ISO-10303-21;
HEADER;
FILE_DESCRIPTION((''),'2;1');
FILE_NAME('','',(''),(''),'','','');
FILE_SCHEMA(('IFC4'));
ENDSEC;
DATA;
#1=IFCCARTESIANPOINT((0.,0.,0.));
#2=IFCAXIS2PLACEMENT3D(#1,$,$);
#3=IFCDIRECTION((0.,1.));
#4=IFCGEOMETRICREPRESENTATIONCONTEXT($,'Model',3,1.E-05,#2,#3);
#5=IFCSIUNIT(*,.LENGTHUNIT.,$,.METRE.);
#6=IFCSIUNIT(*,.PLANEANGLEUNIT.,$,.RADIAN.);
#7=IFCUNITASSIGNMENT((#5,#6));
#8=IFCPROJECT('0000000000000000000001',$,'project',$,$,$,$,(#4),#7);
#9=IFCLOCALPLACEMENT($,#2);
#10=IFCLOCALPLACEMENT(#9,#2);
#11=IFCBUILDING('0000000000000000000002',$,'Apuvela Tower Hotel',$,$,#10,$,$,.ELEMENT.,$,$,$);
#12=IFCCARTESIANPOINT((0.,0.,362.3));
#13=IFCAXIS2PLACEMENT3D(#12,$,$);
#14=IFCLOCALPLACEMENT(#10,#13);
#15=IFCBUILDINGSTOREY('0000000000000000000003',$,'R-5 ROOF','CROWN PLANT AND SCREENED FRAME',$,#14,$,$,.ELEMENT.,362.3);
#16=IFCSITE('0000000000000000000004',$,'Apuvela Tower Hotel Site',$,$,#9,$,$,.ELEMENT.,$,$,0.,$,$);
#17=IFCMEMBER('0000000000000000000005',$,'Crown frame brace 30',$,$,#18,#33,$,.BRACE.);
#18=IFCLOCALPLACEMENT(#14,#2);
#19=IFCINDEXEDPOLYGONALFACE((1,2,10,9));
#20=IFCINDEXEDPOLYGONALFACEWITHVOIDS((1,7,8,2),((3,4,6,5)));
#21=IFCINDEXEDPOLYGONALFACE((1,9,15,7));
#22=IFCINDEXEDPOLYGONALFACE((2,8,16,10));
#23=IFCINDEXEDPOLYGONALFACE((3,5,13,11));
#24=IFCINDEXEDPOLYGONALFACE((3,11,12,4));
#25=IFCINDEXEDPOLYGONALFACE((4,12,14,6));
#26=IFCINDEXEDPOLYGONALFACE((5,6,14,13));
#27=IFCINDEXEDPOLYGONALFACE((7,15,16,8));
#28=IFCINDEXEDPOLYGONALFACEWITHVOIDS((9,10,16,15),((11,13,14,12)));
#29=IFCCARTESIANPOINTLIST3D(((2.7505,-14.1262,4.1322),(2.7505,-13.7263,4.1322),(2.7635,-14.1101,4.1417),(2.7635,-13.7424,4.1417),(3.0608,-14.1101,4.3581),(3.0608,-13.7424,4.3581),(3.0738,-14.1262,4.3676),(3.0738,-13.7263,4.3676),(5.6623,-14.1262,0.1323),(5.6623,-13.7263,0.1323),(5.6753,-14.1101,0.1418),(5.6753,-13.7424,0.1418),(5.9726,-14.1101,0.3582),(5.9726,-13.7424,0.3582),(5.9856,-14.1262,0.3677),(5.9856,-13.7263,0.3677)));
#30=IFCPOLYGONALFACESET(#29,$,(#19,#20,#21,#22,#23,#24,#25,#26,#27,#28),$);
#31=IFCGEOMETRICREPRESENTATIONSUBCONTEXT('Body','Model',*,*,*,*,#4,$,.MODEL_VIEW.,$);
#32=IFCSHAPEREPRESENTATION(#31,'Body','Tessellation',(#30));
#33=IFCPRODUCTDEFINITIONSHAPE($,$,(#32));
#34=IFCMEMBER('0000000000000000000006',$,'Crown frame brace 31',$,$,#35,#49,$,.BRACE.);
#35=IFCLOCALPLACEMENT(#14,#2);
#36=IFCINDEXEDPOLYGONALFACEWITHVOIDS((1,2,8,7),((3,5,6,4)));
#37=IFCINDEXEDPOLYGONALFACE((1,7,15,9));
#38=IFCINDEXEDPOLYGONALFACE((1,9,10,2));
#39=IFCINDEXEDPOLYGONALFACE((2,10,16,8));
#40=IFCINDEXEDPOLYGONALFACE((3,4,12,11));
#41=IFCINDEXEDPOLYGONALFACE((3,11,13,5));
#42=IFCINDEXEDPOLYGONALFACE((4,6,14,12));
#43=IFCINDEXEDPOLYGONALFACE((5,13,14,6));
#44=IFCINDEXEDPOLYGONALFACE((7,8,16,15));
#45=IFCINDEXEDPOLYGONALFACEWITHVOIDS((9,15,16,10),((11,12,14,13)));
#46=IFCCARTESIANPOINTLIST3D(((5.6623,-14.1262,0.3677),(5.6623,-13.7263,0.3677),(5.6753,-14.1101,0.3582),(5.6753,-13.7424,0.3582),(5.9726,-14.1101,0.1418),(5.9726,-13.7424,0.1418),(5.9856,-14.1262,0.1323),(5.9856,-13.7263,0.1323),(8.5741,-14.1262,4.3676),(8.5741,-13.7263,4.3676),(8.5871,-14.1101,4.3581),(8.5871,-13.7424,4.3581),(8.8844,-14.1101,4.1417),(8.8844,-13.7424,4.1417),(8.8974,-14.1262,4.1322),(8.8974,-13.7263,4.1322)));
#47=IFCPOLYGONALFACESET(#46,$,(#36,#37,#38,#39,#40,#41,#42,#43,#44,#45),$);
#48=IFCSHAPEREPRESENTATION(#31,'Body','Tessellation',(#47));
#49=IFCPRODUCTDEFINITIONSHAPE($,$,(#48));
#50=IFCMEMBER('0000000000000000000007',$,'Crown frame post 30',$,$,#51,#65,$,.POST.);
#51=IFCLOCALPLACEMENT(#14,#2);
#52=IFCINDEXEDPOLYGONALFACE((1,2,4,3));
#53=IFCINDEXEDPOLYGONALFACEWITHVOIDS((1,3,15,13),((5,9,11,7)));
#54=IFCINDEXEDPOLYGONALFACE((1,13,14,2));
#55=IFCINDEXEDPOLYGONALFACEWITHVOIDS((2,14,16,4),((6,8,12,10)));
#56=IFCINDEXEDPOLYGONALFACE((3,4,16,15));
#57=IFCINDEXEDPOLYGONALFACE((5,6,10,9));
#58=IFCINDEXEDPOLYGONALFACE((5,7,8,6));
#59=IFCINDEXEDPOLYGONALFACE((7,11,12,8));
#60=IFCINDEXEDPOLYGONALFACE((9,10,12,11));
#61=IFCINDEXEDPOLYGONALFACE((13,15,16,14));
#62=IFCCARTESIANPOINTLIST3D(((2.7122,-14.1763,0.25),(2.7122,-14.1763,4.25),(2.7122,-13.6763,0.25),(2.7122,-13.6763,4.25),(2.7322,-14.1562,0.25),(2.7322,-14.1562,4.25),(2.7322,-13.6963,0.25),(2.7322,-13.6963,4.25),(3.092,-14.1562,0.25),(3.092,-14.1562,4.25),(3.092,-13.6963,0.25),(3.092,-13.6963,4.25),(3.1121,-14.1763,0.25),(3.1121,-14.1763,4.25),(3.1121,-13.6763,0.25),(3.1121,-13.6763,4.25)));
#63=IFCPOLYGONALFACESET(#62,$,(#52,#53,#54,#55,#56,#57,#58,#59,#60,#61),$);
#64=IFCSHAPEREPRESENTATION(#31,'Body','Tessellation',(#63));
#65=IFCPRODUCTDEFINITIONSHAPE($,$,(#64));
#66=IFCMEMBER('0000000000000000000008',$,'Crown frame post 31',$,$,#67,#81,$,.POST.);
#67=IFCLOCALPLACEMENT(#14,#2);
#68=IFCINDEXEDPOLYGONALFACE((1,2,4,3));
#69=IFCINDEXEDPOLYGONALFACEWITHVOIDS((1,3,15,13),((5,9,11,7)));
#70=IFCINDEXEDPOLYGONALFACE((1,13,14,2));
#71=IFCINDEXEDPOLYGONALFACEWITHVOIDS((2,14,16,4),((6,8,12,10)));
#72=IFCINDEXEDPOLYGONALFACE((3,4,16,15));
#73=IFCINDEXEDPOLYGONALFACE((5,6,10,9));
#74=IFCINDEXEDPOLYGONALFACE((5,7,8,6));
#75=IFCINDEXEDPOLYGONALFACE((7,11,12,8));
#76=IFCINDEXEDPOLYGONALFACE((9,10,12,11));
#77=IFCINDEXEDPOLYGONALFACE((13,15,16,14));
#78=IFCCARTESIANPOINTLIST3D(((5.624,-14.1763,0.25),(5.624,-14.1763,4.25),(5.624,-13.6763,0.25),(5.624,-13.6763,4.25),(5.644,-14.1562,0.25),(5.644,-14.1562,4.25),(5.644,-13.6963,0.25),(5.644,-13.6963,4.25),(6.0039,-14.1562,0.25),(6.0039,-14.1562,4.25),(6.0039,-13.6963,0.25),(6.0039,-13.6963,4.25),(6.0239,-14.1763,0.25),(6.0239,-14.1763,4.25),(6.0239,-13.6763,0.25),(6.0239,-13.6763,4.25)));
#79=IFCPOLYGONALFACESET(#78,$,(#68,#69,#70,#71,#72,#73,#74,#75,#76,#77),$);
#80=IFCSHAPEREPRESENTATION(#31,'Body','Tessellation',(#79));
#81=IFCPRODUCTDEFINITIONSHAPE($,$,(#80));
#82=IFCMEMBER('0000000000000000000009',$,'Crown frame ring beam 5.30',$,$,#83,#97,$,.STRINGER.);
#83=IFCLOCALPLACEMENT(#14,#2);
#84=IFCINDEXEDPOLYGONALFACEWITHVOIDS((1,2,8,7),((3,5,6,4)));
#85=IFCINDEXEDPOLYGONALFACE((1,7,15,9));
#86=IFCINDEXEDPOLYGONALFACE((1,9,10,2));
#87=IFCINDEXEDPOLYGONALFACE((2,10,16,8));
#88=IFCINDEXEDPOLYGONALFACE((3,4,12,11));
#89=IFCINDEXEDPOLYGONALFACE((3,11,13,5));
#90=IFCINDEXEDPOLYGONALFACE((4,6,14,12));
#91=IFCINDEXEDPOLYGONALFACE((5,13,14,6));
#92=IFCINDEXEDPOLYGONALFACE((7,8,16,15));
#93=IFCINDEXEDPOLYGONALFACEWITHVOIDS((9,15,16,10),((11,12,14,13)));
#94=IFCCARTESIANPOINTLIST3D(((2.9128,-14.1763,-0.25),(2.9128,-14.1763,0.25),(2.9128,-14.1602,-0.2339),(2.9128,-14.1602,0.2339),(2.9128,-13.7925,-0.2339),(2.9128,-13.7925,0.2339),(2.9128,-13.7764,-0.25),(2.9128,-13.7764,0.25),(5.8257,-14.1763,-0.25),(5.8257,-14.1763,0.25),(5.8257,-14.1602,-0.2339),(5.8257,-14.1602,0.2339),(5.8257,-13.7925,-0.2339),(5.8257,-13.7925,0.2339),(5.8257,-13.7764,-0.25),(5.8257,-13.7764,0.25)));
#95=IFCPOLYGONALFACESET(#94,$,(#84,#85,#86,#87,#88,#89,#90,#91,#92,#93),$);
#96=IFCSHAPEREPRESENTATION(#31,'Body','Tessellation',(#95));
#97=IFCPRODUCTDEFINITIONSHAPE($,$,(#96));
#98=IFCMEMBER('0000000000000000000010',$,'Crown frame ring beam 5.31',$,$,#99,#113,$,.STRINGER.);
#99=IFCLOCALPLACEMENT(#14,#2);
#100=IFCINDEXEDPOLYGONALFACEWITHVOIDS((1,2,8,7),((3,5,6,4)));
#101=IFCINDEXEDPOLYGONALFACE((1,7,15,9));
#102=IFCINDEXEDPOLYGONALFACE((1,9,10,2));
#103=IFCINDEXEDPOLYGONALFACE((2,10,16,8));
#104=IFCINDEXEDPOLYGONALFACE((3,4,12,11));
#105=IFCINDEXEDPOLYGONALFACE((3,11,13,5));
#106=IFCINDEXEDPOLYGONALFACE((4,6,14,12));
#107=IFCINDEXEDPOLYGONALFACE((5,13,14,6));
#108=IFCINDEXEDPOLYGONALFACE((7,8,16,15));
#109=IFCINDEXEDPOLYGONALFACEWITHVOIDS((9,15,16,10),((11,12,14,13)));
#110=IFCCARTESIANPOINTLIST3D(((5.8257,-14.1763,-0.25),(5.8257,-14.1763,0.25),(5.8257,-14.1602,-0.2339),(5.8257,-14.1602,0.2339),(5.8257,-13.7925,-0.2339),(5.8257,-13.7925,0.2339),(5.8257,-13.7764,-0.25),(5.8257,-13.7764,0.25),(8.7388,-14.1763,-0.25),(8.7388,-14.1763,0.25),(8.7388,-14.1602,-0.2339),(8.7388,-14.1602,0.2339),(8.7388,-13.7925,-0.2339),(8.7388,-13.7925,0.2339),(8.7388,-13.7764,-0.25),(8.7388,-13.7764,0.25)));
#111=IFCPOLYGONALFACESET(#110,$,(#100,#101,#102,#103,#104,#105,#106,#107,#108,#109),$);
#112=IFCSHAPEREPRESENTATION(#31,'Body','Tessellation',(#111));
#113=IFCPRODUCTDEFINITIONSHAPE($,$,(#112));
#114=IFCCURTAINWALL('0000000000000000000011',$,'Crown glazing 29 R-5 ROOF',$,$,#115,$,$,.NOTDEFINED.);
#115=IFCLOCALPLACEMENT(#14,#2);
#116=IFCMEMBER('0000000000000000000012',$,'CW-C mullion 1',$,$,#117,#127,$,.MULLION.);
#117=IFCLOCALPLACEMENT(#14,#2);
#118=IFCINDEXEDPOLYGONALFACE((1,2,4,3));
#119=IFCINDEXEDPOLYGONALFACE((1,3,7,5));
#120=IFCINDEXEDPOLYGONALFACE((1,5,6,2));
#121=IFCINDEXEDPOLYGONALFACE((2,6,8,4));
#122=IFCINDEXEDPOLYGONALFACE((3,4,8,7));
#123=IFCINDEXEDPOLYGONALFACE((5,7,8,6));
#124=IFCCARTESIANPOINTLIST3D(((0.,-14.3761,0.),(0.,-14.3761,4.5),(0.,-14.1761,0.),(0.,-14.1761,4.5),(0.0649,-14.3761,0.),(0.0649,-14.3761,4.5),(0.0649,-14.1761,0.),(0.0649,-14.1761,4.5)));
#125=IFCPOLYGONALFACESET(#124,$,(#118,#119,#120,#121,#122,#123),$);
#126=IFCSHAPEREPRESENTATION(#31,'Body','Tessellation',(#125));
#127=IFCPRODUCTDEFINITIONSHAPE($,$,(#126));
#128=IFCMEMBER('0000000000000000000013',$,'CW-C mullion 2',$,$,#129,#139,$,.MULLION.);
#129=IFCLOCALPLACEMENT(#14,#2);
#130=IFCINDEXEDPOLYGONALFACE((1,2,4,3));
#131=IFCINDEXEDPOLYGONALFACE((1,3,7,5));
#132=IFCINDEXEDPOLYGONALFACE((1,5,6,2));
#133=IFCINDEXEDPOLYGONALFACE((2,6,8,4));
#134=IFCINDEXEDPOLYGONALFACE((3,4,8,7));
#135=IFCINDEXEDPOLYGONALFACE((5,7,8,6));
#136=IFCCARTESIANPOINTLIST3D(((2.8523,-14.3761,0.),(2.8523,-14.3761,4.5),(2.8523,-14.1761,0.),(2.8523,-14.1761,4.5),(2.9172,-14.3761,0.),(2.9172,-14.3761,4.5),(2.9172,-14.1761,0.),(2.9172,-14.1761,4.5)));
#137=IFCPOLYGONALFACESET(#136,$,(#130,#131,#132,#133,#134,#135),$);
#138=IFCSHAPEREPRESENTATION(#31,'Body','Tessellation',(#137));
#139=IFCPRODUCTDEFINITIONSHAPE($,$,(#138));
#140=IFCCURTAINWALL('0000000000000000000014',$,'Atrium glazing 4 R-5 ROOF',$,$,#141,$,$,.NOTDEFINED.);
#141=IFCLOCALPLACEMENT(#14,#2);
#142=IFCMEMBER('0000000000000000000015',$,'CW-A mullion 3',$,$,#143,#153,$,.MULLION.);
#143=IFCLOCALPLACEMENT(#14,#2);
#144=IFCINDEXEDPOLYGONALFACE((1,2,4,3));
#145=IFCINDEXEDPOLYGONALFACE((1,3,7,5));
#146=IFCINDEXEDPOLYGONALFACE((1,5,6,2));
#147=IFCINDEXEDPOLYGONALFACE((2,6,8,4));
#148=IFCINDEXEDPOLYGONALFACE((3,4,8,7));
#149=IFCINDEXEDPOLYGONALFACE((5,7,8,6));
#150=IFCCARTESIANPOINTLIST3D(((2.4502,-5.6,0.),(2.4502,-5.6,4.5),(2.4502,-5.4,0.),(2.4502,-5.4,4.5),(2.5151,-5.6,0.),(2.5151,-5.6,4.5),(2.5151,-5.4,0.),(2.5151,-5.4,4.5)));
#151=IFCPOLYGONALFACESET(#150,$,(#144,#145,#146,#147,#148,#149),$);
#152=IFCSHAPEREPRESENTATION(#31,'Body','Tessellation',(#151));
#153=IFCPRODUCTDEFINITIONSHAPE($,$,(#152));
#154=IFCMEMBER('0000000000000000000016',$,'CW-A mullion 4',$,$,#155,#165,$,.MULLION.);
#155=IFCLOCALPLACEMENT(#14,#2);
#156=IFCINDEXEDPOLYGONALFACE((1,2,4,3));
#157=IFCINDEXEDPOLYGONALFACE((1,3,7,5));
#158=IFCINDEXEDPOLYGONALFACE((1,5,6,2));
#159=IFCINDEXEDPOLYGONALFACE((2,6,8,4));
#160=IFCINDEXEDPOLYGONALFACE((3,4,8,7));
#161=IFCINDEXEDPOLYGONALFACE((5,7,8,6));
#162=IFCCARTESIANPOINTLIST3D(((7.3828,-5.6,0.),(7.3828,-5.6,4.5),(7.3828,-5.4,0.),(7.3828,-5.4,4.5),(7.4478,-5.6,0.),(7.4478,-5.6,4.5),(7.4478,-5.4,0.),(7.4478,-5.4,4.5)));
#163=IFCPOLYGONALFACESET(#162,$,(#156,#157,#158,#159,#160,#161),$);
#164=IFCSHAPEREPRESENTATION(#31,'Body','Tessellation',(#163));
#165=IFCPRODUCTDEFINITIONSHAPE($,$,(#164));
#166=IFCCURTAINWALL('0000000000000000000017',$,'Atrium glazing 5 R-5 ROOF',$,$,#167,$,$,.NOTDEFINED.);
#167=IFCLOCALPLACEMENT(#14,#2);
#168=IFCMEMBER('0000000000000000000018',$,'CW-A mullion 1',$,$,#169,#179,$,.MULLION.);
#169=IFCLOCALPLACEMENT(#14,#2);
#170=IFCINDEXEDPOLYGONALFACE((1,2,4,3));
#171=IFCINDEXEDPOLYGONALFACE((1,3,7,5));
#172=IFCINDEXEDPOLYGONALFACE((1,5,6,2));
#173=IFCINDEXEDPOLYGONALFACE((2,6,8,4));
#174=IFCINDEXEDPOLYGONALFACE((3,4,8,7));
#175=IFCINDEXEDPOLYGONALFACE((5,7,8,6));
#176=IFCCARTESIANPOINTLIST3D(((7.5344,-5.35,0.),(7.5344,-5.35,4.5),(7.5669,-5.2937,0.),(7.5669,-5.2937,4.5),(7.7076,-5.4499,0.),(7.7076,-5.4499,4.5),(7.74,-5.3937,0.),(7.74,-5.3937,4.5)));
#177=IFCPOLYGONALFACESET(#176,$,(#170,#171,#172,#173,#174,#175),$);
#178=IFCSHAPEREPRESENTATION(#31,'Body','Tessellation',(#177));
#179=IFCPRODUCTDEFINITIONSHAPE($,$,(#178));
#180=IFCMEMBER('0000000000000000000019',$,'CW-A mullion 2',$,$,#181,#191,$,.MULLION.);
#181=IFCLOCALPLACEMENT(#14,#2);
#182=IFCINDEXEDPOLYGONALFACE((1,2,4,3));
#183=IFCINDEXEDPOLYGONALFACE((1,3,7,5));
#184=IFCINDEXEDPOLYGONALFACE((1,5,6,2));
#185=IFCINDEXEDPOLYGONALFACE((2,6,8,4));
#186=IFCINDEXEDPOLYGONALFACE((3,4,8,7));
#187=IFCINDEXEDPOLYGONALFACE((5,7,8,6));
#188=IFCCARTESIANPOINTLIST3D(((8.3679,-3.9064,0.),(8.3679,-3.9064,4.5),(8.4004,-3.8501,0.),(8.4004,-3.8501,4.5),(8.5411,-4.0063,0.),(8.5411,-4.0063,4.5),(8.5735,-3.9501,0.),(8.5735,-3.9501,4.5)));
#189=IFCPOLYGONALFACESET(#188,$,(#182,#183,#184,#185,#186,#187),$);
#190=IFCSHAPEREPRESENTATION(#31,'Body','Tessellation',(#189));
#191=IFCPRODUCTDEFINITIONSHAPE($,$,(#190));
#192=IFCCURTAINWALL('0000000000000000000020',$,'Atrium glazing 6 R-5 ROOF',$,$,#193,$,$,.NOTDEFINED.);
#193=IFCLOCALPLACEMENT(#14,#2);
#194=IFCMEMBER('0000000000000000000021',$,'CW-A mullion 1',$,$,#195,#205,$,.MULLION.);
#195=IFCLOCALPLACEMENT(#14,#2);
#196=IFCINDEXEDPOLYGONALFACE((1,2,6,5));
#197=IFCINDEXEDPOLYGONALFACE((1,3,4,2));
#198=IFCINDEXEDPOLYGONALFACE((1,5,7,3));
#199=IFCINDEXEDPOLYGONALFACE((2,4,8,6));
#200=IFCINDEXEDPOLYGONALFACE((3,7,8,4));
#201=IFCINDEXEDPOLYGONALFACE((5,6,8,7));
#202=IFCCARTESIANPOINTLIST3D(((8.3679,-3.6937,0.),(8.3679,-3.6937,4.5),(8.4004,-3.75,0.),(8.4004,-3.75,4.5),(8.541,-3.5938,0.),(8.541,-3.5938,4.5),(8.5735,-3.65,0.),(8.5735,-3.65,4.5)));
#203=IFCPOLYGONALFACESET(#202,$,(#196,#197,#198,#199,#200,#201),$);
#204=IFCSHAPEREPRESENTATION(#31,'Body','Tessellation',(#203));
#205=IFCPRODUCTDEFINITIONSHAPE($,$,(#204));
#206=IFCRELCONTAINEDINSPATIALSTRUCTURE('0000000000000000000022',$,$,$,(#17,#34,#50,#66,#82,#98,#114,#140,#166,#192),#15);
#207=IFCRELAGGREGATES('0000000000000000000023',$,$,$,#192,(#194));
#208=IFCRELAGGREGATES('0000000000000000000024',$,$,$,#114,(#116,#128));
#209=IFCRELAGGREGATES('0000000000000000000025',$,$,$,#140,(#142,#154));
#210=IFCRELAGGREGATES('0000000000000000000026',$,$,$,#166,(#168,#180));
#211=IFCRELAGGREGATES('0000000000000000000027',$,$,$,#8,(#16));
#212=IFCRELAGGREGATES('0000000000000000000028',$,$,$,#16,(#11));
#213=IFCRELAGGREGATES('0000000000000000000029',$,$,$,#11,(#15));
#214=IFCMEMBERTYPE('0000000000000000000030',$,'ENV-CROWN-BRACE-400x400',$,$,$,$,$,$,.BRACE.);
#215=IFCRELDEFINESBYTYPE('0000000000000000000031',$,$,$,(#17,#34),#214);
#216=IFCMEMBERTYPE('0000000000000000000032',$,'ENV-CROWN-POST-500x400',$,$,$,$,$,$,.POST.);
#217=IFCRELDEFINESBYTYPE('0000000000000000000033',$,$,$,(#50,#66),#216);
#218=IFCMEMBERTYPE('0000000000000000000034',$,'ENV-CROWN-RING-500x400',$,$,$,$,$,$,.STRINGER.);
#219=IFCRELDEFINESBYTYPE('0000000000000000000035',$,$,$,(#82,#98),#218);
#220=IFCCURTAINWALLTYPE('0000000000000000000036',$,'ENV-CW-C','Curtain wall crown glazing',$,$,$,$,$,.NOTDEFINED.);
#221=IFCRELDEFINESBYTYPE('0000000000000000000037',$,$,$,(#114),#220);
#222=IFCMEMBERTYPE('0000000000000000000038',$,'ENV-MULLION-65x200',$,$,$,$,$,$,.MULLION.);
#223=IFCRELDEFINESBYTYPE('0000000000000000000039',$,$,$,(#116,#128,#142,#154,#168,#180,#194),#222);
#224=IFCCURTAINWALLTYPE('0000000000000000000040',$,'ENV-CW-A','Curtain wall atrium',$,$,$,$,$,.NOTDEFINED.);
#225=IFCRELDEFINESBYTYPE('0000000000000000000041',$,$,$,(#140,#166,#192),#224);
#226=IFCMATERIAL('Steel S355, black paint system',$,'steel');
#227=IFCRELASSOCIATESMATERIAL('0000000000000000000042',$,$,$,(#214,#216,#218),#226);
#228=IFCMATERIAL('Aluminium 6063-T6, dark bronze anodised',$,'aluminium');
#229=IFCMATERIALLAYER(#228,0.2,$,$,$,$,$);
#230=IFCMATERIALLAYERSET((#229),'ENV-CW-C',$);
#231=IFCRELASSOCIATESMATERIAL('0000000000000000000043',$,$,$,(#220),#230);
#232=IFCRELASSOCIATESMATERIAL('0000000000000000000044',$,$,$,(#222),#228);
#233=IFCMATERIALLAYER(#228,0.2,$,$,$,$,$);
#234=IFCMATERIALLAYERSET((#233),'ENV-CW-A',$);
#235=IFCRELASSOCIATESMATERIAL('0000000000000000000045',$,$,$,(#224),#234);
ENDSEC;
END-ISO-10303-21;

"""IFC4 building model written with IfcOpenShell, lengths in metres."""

from ifc_helpers import new_model, si_unit, direction, frame, origin, origin_2d, place, context, subcontext, project, spatial, rectangle, hollow_rectangle, extrude, material, layer, layer_set, material_profile, profile_set, type_object, element, aggregate, save


model = new_model("IFC4")

# Units and contexts
model_context = context("Model", 3, precision=1e-05, world=origin(), true_north=direction((0.0, 1.0)))
body_context = subcontext(model_context, "Body", "Model", "MODEL_VIEW")
ifc_project = project(units=[si_unit("LENGTHUNIT", "METRE"), si_unit("PLANEANGLEUNIT", "RADIAN")], contexts=[model_context])

# Site, building, storey
site_placement = place(None, origin())
site = spatial("IfcSite", under=ifc_project, at=site_placement, Name="Apuvela Tower Hotel Site", CompositionType="ELEMENT", RefElevation=0.0)
building_placement = place(site_placement, origin())
building = spatial("IfcBuilding", under=site, at=building_placement, Name="Apuvela Tower Hotel", CompositionType="ELEMENT")
storey_placement = place(building_placement, frame((0.0, 0.0, 362.3)))
storey = spatial("IfcBuildingStorey", under=building, at=storey_placement, Name="R-5 ROOF", Description="CROWN PLANT AND SCREENED FRAME", CompositionType="ELEMENT", Elevation=362.3)

# Members
ifc_material_1 = material(Name="Steel S355, black paint system", Category="steel")
ifc_material_profile_1 = material_profile(ifc_material_1, hollow_rectangle(XDim=0.3999, YDim=0.3999, WallThickness=0.0161, at=origin_2d()), Name="HSS 400x400x16")
ifc_profile_set_1 = profile_set([ifc_material_profile_1], Name="Steel S355, black paint system")
member_type_1 = type_object("IfcMemberType", Name="ENV-CROWN-BRACE-400x400", PredefinedType="BRACE", material=ifc_profile_set_1)
for number, where, z_axis, x_axis, name in (
    (1, (5.824, -13.9263, 0.25), (-0.588538, 0.0, 0.808469), (0.0, -1.0, 0.0), "Crown frame brace 30"),
    (2, (5.824, -13.9263, 0.25), (0.588538, 0.0, 0.808469), (0.0, 1.0, 0.0), "Crown frame brace 31"),
):
    element("IfcMember", number, at=place(storey_placement, frame(where, z_axis=z_axis, x_axis=x_axis)), inside=storey, type_object=member_type_1, Name=name, PredefinedType="BRACE", context=body_context, shape_type="SweptSolid", body=[
        extrude(hollow_rectangle(XDim=0.3999, YDim=0.3999, WallThickness=0.0161, at=origin_2d()), origin(), (0.0, 0.0, 1.0), 4.9475),
    ])
ifc_material_profile_2 = material_profile(ifc_material_1, hollow_rectangle(XDim=0.3999, YDim=0.5, WallThickness=0.02, at=origin_2d()), Name="HSS 500x400x20")
ifc_profile_set_2 = profile_set([ifc_material_profile_2], Name="Steel S355, black paint system")
member_type_2 = type_object("IfcMemberType", Name="ENV-CROWN-POST-500x400", PredefinedType="POST", material=ifc_profile_set_2)
for number, where, z_axis, x_axis, name in (
    (3, (2.9121, -13.9263, 0.25), (0.0, 0.0, 1.0), (1.0, 0.0, 0.0), "Crown frame post 30"),
    (4, (5.824, -13.9263, 0.25), (0.0, 0.0, 1.0), (1.0, 0.0, 0.0), "Crown frame post 31"),
):
    element("IfcMember", number, at=place(storey_placement, frame(where, z_axis=z_axis, x_axis=x_axis)), inside=storey, type_object=member_type_2, Name=name, PredefinedType="POST", context=body_context, shape_type="SweptSolid", body=[
        extrude(hollow_rectangle(XDim=0.3999, YDim=0.5, WallThickness=0.02, at=origin_2d()), origin(), (0.0, 0.0, 1.0), 4.0),
    ])
ifc_material_profile_3 = material_profile(ifc_material_1, hollow_rectangle(XDim=0.3999, YDim=0.5, WallThickness=0.0161, at=origin_2d()), Name="HSS 500x400x16")
ifc_profile_set_3 = profile_set([ifc_material_profile_3], Name="Steel S355, black paint system")
member_type_3 = type_object("IfcMemberType", Name="ENV-CROWN-RING-500x400", PredefinedType="STRINGER", material=ifc_profile_set_3)
member_1_placement = place(storey_placement, frame((2.9128, -13.9763, 0.0), z_axis=(1.0, 0.0, 0.0), x_axis=(0.0, 1.0, 0.0)))
element("IfcMember", 5, at=member_1_placement, inside=storey, type_object=member_type_3, Name="Crown frame ring beam 5.30", PredefinedType="STRINGER", context=body_context, shape_type="SweptSolid", body=[
    extrude(hollow_rectangle(XDim=0.3999, YDim=0.5, WallThickness=0.0161, at=origin_2d()), origin(), (0.0, 0.0, 1.0), 2.9128),
])
member_2_placement = place(storey_placement, frame((5.8257, -13.9763, 0.0), z_axis=(1.0, 0.0, 0.0), x_axis=(0.0, 1.0, 0.0)))
element("IfcMember", 6, at=member_2_placement, inside=storey, type_object=member_type_3, Name="Crown frame ring beam 5.31", PredefinedType="STRINGER", context=body_context, shape_type="SweptSolid", body=[
    extrude(hollow_rectangle(XDim=0.3999, YDim=0.5, WallThickness=0.0161, at=origin_2d()), origin(), (0.0, 0.0, 1.0), 2.9131),
])

# Curtain walls, members
ifc_material_2 = material(Name="Aluminium 6063-T6, dark bronze anodised", Category="aluminium")
ifc_layer_1 = layer(ifc_material_2, 0.2)
ifc_layer_set_1 = layer_set([ifc_layer_1], Name="ENV-CW-C")
curtain_wall_type_1 = type_object("IfcCurtainWallType", Name="ENV-CW-C", Description="Curtain wall crown glazing", PredefinedType="NOTDEFINED", material=ifc_layer_set_1)
curtain_wall_1_placement = place(storey_placement, origin())
curtain_wall_1 = element("IfcCurtainWall", 7, at=curtain_wall_1_placement, inside=storey, type_object=curtain_wall_type_1, Name="Crown glazing 29 R-5 ROOF", PredefinedType="NOTDEFINED")
ifc_material_profile_4 = material_profile(ifc_material_2, rectangle(XDim=0.2, YDim=0.0649, at=origin_2d()), Name="AL 65x200")
ifc_profile_set_4 = profile_set([ifc_material_profile_4], Name="Aluminium 6063-T6, dark bronze anodised")
member_type_4 = type_object("IfcMemberType", Name="ENV-MULLION-65x200", PredefinedType="MULLION", material=ifc_profile_set_4)
member_3_placement = place(storey_placement, frame((0.0325, -14.2761, 0.0), z_axis=(0.0, 0.0, 1.0), x_axis=(0.0, 1.0, 0.0)))
member_3 = element("IfcMember", 8, at=member_3_placement, type_object=member_type_4, Name="CW-C mullion 1", PredefinedType="MULLION", context=body_context, shape_type="SweptSolid", body=[
    extrude(rectangle(XDim=0.2, YDim=0.0649, at=origin_2d()), origin(), (0.0, 0.0, 1.0), 4.5),
])
member_4_placement = place(storey_placement, frame((2.8848, -14.2761, 0.0), z_axis=(0.0, 0.0, 1.0), x_axis=(0.0, 1.0, 0.0)))
member_4 = element("IfcMember", 9, at=member_4_placement, type_object=member_type_4, Name="CW-C mullion 2", PredefinedType="MULLION", context=body_context, shape_type="SweptSolid", body=[
    extrude(rectangle(XDim=0.2, YDim=0.0649, at=origin_2d()), origin(), (0.0, 0.0, 1.0), 4.5),
])
ifc_layer_2 = layer(ifc_material_2, 0.2)
ifc_layer_set_2 = layer_set([ifc_layer_2], Name="ENV-CW-A")
curtain_wall_type_2 = type_object("IfcCurtainWallType", Name="ENV-CW-A", Description="Curtain wall atrium", PredefinedType="NOTDEFINED", material=ifc_layer_set_2)
curtain_wall_2_placement = place(storey_placement, origin())
curtain_wall_2 = element("IfcCurtainWall", 10, at=curtain_wall_2_placement, inside=storey, type_object=curtain_wall_type_2, Name="Atrium glazing 4 R-5 ROOF", PredefinedType="NOTDEFINED")
member_5_placement = place(storey_placement, frame((2.4827, -5.5, 0.0), z_axis=(0.0, 0.0, 1.0), x_axis=(0.0, 1.0, 0.0)))
member_5 = element("IfcMember", 11, at=member_5_placement, type_object=member_type_4, Name="CW-A mullion 3", PredefinedType="MULLION", context=body_context, shape_type="SweptSolid", body=[
    extrude(rectangle(XDim=0.2, YDim=0.0649, at=origin_2d()), origin(), (0.0, 0.0, 1.0), 4.5),
])
member_6_placement = place(storey_placement, frame((7.4153, -5.5, 0.0), z_axis=(0.0, 0.0, 1.0), x_axis=(0.0, 1.0, 0.0)))
member_6 = element("IfcMember", 12, at=member_6_placement, type_object=member_type_4, Name="CW-A mullion 4", PredefinedType="MULLION", context=body_context, shape_type="SweptSolid", body=[
    extrude(rectangle(XDim=0.2, YDim=0.0649, at=origin_2d()), origin(), (0.0, 0.0, 1.0), 4.5),
])
curtain_wall_3_placement = place(storey_placement, origin())
curtain_wall_3 = element("IfcCurtainWall", 13, at=curtain_wall_3_placement, inside=storey, type_object=curtain_wall_type_2, Name="Atrium glazing 5 R-5 ROOF", PredefinedType="NOTDEFINED")
member_7_placement = place(storey_placement, frame((7.6372, -5.3718, 0.0), z_axis=(0.0, 0.0, 1.0), x_axis=(-0.866032, 0.499989, 0.0)))
member_7 = element("IfcMember", 14, at=member_7_placement, type_object=member_type_4, Name="CW-A mullion 1", PredefinedType="MULLION", context=body_context, shape_type="SweptSolid", body=[
    extrude(rectangle(XDim=0.2, YDim=0.0649, at=origin_2d()), origin(), (0.0, 0.0, 1.0), 4.5),
])
member_8_placement = place(storey_placement, frame((8.4707, -3.9282, 0.0), z_axis=(0.0, 0.0, 1.0), x_axis=(-0.866032, 0.499989, 0.0)))
member_8 = element("IfcMember", 15, at=member_8_placement, type_object=member_type_4, Name="CW-A mullion 2", PredefinedType="MULLION", context=body_context, shape_type="SweptSolid", body=[
    extrude(rectangle(XDim=0.2, YDim=0.0649, at=origin_2d()), origin(), (0.0, 0.0, 1.0), 4.5),
])

# Curtain wall, member
curtain_wall_4_placement = place(storey_placement, origin())
curtain_wall_4 = element("IfcCurtainWall", 16, at=curtain_wall_4_placement, inside=storey, type_object=curtain_wall_type_2, Name="Atrium glazing 6 R-5 ROOF", PredefinedType="NOTDEFINED")
member_9_placement = place(storey_placement, frame((8.4707, -3.6719, 0.0), z_axis=(0.0, 0.0, 1.0), x_axis=(-0.866026, -0.499999, 0.0)))
member_9 = element("IfcMember", 17, at=member_9_placement, type_object=member_type_4, Name="CW-A mullion 1", PredefinedType="MULLION", context=body_context, shape_type="SweptSolid", body=[
    extrude(rectangle(XDim=0.2, YDim=0.0649, at=origin_2d()), origin(), (0.0, 0.0, 1.0), 4.5),
])

aggregate(curtain_wall_4, [member_9])

aggregate(curtain_wall_1, [member_3, member_4])
aggregate(curtain_wall_2, [member_5, member_6])
aggregate(curtain_wall_3, [member_7, member_8])

save(model, "model.ifc")
